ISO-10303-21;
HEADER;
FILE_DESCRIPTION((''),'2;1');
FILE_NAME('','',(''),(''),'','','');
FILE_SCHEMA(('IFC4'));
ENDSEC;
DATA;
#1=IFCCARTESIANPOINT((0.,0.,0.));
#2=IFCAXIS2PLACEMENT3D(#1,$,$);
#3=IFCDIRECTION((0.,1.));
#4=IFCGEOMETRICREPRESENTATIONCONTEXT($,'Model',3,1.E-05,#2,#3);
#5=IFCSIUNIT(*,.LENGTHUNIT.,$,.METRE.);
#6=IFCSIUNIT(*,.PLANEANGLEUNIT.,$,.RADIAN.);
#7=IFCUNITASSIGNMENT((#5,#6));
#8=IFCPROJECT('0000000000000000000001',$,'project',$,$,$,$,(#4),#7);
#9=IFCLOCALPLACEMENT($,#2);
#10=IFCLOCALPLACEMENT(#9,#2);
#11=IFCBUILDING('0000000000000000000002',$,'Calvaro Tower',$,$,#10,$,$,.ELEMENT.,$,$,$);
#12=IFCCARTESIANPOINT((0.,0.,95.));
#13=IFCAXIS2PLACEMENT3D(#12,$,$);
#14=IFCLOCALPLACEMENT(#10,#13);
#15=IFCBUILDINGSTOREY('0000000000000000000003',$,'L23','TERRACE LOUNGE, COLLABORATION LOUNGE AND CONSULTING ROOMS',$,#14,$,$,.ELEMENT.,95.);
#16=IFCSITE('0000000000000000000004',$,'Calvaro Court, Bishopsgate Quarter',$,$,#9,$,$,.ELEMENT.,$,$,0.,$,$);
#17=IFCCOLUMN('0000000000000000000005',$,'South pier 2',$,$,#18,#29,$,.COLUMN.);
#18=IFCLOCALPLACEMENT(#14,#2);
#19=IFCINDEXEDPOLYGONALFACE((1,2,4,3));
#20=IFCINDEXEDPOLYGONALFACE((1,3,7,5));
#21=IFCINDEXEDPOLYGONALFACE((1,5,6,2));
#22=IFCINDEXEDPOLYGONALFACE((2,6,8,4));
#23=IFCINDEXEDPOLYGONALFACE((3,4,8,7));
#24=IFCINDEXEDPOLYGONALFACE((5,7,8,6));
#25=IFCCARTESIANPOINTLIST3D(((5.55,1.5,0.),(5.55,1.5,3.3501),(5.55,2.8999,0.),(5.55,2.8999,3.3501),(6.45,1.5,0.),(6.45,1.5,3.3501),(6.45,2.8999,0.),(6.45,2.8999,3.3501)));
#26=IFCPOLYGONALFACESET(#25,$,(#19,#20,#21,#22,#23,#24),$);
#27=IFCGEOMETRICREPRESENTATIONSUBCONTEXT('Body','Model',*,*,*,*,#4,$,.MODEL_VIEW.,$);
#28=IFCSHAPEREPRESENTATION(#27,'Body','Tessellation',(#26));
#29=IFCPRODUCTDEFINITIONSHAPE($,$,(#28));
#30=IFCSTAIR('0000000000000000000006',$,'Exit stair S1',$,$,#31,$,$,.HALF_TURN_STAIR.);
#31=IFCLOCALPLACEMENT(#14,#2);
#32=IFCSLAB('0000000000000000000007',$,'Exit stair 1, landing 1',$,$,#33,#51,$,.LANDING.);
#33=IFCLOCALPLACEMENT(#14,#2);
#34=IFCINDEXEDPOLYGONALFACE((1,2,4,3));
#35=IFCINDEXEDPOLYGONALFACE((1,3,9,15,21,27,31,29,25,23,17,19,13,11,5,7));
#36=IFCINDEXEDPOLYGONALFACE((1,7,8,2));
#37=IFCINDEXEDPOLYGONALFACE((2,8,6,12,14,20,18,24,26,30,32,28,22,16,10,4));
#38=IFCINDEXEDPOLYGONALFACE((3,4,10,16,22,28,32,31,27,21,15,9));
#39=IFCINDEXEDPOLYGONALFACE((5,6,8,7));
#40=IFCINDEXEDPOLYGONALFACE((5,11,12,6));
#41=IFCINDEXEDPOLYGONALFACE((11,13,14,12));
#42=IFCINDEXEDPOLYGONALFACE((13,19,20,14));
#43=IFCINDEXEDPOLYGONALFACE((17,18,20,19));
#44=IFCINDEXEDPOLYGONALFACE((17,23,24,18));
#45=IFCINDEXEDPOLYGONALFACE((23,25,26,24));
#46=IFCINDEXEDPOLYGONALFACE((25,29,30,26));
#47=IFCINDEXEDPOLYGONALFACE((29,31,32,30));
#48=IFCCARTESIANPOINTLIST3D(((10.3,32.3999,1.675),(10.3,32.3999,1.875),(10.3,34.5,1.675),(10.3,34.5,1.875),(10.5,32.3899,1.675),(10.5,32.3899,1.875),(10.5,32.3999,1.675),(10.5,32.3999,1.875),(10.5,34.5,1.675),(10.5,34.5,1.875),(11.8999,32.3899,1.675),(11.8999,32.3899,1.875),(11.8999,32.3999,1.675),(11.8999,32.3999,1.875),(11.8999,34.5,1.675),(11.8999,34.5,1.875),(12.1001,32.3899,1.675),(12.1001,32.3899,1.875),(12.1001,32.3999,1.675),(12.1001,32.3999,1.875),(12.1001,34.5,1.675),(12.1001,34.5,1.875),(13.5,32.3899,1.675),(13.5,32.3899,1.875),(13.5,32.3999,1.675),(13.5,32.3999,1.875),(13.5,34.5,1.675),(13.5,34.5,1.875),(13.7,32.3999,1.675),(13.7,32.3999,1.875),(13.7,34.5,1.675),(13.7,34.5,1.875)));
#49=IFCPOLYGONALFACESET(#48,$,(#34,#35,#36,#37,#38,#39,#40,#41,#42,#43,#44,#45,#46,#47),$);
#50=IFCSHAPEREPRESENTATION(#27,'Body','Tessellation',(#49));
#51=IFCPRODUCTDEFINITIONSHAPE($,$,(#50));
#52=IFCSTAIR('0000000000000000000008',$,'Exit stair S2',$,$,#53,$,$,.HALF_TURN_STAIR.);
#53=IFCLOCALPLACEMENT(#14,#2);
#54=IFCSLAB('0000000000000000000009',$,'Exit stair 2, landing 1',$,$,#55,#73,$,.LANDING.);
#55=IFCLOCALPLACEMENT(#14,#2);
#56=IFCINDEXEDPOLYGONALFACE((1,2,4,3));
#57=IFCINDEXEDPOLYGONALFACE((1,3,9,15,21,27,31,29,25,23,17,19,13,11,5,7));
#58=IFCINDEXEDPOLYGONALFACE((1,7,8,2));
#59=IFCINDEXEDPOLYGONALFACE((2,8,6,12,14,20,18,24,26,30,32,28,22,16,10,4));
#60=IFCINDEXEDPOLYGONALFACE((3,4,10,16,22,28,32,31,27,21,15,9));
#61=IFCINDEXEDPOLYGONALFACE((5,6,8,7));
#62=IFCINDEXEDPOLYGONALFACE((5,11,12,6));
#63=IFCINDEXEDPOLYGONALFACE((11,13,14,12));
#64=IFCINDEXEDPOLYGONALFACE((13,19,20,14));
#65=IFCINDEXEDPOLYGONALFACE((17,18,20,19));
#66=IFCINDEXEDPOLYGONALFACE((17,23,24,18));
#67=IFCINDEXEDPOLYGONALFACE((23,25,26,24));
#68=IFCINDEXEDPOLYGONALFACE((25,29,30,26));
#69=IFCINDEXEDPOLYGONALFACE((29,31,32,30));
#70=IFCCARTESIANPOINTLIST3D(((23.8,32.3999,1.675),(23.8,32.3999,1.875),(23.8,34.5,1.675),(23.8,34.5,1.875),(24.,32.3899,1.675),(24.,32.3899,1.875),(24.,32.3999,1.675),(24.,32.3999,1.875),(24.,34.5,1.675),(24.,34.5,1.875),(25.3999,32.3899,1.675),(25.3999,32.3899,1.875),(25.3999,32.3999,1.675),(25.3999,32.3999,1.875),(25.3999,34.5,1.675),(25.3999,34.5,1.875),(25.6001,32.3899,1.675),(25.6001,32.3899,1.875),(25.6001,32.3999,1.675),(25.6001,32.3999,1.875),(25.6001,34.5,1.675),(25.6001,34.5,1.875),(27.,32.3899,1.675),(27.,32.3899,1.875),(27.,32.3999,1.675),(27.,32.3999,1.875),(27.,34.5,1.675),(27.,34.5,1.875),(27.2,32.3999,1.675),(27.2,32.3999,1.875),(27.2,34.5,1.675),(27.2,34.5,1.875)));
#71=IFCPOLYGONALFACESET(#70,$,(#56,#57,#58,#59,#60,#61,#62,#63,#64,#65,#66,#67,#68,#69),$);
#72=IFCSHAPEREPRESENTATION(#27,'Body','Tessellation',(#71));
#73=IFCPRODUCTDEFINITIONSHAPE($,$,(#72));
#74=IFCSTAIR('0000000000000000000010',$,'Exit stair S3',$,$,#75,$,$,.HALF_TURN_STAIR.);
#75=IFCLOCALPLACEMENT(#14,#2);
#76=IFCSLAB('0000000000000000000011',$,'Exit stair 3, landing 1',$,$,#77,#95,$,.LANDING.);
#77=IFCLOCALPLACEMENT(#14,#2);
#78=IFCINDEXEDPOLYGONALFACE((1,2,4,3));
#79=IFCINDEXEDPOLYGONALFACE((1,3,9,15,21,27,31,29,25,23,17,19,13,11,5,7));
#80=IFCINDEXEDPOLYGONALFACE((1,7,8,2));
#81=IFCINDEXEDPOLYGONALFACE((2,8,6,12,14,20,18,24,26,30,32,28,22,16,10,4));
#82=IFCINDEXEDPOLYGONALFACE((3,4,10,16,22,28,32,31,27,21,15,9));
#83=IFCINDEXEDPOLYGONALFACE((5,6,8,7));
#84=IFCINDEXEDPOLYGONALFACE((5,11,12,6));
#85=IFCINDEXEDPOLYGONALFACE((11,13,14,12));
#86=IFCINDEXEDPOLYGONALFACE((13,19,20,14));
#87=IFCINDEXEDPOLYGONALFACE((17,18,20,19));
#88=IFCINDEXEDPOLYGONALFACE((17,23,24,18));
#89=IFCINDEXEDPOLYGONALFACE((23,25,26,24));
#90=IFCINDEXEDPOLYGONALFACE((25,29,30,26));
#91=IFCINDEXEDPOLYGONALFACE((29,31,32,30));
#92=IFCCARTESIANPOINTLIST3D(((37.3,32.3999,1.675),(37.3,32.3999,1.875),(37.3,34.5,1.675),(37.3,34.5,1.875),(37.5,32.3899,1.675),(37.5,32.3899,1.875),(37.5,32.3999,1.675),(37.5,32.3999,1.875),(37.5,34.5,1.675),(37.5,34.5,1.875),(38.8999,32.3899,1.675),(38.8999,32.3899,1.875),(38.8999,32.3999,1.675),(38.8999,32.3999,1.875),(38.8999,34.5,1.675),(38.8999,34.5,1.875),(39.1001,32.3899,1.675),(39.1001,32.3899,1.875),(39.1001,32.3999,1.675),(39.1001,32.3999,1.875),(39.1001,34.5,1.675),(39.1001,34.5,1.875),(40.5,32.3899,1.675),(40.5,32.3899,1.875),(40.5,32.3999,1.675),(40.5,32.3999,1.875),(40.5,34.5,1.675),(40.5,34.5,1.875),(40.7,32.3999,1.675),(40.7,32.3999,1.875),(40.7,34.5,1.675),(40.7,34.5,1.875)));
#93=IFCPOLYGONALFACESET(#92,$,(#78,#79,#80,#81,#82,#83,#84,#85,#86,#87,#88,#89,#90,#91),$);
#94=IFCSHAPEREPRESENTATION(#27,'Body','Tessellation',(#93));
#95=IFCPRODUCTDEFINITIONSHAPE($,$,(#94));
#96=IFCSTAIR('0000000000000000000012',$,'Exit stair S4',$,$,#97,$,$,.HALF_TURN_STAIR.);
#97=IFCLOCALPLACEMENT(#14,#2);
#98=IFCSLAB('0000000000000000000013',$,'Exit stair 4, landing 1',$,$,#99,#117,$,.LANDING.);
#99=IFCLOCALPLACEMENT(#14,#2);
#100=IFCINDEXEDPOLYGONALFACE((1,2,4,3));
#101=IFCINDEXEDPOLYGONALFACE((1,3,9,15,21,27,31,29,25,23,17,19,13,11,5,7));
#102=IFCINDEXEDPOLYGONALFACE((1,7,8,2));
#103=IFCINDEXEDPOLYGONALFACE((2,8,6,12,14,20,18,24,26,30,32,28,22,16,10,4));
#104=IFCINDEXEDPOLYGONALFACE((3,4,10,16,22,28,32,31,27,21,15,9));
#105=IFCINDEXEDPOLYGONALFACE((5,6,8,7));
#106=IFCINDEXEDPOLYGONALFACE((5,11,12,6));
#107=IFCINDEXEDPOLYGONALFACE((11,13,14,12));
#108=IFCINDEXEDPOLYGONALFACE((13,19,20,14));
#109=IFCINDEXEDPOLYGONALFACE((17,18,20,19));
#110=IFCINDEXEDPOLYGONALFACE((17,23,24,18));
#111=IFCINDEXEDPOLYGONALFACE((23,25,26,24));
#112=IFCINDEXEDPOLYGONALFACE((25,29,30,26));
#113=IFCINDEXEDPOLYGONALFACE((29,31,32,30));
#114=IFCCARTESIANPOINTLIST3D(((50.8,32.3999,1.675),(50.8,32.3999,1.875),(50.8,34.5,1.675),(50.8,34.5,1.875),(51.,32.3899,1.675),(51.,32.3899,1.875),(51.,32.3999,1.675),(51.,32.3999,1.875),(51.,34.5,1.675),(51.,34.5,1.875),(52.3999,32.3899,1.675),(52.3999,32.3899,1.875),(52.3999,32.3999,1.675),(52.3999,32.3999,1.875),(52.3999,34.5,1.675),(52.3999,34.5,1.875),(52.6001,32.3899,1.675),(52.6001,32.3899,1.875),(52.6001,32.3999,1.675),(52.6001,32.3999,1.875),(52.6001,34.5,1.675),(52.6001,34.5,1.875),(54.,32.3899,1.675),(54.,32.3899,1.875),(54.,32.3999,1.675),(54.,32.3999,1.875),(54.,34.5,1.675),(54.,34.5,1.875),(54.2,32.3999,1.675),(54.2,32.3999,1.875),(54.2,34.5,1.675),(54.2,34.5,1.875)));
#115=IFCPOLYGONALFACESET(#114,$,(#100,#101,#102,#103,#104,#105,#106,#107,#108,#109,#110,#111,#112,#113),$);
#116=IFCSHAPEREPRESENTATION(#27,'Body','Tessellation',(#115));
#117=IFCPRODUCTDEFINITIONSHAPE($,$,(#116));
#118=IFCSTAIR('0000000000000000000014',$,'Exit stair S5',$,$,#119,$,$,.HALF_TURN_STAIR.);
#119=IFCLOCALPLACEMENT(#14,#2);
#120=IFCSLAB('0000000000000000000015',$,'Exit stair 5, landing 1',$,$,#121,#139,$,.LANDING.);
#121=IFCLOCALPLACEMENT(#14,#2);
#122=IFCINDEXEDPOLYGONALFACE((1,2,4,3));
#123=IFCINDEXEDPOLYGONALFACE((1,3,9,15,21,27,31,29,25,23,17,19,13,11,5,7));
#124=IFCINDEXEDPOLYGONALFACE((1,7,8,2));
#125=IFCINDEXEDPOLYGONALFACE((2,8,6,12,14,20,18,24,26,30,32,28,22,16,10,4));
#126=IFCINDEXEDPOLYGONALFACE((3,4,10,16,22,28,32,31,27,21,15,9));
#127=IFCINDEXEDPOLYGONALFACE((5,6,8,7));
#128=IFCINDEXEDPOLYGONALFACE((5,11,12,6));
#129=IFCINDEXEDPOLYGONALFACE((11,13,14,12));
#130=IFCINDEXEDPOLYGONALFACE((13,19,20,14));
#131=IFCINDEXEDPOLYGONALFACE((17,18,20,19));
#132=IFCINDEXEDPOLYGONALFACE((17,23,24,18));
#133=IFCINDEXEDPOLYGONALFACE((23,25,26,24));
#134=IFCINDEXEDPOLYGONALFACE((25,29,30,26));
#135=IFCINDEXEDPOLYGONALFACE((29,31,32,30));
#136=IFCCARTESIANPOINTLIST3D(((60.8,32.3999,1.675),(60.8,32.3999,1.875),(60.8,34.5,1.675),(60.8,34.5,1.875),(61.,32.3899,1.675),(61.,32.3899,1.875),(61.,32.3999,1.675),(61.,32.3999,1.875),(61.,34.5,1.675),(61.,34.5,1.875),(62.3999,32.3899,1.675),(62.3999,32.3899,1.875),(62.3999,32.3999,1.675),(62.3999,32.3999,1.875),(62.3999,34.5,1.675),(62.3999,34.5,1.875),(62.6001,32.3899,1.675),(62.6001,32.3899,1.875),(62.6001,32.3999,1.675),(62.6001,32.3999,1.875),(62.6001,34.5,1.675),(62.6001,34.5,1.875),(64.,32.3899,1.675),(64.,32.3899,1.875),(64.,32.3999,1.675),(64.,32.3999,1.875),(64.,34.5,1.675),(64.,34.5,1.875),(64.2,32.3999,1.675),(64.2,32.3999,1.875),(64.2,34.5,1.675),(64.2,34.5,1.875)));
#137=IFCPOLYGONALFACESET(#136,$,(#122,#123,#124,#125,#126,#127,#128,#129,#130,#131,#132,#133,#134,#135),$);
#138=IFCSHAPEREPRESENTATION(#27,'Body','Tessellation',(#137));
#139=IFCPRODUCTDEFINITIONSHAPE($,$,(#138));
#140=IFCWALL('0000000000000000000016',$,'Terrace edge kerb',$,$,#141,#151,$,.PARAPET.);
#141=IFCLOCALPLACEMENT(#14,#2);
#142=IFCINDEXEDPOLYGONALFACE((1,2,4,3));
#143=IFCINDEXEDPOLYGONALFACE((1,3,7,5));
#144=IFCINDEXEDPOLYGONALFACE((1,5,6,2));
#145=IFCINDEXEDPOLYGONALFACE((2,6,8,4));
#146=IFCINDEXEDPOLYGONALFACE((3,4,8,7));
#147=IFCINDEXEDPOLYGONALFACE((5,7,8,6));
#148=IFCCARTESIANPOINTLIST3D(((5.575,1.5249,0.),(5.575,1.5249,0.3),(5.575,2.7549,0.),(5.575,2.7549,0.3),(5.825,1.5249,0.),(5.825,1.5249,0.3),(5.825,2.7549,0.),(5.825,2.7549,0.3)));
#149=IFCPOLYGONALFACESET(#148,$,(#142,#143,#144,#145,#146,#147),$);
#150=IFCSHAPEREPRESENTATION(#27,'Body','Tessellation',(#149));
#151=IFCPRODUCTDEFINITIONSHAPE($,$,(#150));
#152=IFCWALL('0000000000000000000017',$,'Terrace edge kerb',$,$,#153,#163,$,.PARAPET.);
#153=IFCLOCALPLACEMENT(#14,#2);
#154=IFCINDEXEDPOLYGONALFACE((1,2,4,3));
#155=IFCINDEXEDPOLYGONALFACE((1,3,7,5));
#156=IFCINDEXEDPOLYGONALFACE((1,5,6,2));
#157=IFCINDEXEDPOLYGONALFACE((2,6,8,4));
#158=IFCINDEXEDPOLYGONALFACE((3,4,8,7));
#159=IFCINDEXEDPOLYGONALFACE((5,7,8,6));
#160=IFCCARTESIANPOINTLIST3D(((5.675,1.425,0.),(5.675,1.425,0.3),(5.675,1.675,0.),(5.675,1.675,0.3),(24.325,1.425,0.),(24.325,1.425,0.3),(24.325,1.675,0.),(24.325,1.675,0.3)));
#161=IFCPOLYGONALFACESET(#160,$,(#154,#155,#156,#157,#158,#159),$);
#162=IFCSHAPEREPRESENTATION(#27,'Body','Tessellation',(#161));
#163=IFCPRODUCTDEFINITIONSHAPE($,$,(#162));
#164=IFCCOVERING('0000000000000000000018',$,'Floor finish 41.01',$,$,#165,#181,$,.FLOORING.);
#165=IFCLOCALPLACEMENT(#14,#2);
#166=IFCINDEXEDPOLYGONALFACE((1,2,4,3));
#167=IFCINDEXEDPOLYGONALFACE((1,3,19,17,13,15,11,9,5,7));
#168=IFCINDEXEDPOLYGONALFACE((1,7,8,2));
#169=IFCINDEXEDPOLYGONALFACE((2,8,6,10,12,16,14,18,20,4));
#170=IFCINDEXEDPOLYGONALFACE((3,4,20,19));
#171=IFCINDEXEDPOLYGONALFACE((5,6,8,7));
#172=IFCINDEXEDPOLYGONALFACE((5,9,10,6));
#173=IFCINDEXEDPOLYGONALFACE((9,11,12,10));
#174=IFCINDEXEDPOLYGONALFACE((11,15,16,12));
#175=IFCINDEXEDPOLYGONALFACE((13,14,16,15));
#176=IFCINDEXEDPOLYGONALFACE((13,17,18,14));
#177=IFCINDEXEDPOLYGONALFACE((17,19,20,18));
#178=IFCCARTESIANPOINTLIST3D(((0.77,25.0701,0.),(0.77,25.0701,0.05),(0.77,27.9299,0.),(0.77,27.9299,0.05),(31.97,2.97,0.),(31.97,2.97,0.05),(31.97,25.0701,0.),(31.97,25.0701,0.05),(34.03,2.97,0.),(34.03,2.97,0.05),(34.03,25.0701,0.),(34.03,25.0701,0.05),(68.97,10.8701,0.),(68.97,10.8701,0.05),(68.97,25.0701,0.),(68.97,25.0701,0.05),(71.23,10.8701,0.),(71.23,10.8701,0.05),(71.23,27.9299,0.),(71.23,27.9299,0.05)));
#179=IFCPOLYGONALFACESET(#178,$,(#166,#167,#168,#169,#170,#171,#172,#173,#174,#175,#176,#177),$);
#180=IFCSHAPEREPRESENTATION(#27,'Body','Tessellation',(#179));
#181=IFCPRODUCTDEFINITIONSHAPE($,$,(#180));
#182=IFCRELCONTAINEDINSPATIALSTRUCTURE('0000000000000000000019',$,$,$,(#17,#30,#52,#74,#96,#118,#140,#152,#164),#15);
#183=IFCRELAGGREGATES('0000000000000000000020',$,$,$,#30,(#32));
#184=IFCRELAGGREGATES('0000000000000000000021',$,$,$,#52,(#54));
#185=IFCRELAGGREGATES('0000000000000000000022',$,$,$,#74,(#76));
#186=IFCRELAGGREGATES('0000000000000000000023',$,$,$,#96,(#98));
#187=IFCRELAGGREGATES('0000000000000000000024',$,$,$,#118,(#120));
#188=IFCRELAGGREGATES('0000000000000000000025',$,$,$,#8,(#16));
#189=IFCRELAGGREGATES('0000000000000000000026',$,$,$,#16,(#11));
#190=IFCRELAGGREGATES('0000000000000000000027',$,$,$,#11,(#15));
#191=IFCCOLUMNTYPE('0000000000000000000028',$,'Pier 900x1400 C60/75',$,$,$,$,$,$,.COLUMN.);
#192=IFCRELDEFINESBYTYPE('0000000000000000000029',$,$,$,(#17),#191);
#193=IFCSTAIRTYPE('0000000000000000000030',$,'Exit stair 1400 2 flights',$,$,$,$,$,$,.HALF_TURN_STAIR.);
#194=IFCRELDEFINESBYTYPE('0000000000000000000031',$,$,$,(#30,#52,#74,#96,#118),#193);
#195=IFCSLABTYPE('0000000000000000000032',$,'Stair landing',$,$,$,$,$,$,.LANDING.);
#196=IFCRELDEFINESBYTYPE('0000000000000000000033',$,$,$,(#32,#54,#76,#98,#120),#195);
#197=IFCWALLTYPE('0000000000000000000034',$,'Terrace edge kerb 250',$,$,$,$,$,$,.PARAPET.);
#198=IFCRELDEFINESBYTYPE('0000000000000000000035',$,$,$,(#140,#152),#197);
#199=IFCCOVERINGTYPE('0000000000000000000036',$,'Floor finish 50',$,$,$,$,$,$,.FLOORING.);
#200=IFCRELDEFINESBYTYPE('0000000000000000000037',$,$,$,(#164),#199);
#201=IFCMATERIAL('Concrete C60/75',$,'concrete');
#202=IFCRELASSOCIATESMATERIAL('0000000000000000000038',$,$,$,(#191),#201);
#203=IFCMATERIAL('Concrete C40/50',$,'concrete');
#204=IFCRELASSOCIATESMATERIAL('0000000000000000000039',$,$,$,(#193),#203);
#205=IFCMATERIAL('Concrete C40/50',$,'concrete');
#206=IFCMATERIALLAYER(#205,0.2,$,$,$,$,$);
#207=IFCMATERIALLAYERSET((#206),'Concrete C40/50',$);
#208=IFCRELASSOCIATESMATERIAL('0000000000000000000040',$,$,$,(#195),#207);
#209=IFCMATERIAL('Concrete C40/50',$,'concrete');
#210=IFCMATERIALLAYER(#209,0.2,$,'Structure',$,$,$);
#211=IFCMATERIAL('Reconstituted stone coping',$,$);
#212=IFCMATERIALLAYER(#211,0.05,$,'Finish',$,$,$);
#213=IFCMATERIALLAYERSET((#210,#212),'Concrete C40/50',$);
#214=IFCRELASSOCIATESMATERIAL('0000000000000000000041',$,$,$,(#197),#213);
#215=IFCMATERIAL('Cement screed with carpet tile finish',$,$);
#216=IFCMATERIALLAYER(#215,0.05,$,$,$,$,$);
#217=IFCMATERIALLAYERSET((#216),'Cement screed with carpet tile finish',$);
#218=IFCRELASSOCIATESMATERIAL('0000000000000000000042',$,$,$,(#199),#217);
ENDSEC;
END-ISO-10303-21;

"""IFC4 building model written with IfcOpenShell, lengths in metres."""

from ifc_helpers import new_model, si_unit, direction, frame, frame_2d, origin, origin_2d, place, context, subcontext, project, spatial, polyline, rectangle, outline, extrude, material, layer, layer_set, material_profile, profile_set, type_object, element, aggregate, save


model = new_model("IFC4")

# Units and contexts
model_context = context("Model", 3, precision=1e-05, world=origin(), true_north=direction((0.0, 1.0)))
body_context = subcontext(model_context, "Body", "Model", "MODEL_VIEW")
ifc_project = project(units=[si_unit("LENGTHUNIT", "METRE"), si_unit("PLANEANGLEUNIT", "RADIAN")], contexts=[model_context])

# Site, building, storey
site_placement = place(None, origin())
site = spatial("IfcSite", under=ifc_project, at=site_placement, Name="Calvaro Court, Bishopsgate Quarter", CompositionType="ELEMENT", RefElevation=0.0)
building_placement = place(site_placement, origin())
building = spatial("IfcBuilding", under=site, at=building_placement, Name="Calvaro Tower", CompositionType="ELEMENT")
storey_placement = place(building_placement, frame((0.0, 0.0, 95.0)))
storey = spatial("IfcBuildingStorey", under=building, at=storey_placement, Name="L23", Description="TERRACE LOUNGE, COLLABORATION LOUNGE AND CONSULTING ROOMS", CompositionType="ELEMENT", Elevation=95.0)

# Column
ifc_material_1 = material(Name="Concrete C60/75", Category="concrete")
ifc_material_profile = material_profile(ifc_material_1, rectangle(XDim=0.8999, YDim=1.3999, at=origin_2d()), Name="RC 900x1400")
ifc_profile_set = profile_set([ifc_material_profile], Name="Concrete C60/75")
column_type = type_object("IfcColumnType", Name="Pier 900x1400 C60/75", PredefinedType="COLUMN", material=ifc_profile_set)
column_placement = place(storey_placement, frame((6.0, 2.2, 0.0), z_axis=(0.0, 0.0, 1.0), x_axis=(1.0, 0.0, 0.0)))
element("IfcColumn", 1, at=column_placement, inside=storey, type_object=column_type, Name="South pier 2", PredefinedType="COLUMN", context=body_context, shape_type="SweptSolid", body=[
    extrude(rectangle(XDim=0.8999, YDim=1.3999, at=origin_2d()), origin(), (0.0, 0.0, 1.0), 3.3501),
])

# Stairs, slabs
ifc_material_2 = material(Name="Concrete C40/50", Category="concrete")
stair_type = type_object("IfcStairType", Name="Exit stair 1400 2 flights", PredefinedType="HALF_TURN_STAIR", material=ifc_material_2)
stair_1_placement = place(storey_placement, origin())
stair_1 = element("IfcStair", 2, at=stair_1_placement, inside=storey, type_object=stair_type, Name="Exit stair S1", PredefinedType="HALF_TURN_STAIR")
ifc_material_3 = material(Name="Concrete C40/50", Category="concrete")
ifc_layer_1 = layer(ifc_material_3, 0.2)
ifc_layer_set_1 = layer_set([ifc_layer_1], Name="Concrete C40/50")
slab_type = type_object("IfcSlabType", Name="Stair landing", PredefinedType="LANDING", material=ifc_layer_set_1)
slab_1_placement = place(storey_placement, frame((0.0, 0.0, 1.675)))
slab_1 = element("IfcSlab", 3, at=slab_1_placement, type_object=slab_type, Name="Exit stair 1, landing 1", PredefinedType="LANDING", context=body_context, shape_type="SweptSolid", body=[
    extrude(outline(polyline([(11.8999, 32.3899), (10.5, 32.3899), (10.5, 32.3999), (10.3, 32.3999), (10.3, 34.5), (10.5, 34.5), (11.8999, 34.5), (12.1001, 34.5), (13.5, 34.5), (13.7, 34.5), (13.7, 32.3999), (13.5, 32.3999), (13.5, 32.3899), (12.1001, 32.3899), (12.1001, 32.3999), (11.8999, 32.3999), (11.8999, 32.3899)])), origin(), (0.0, 0.0, 1.0), 0.2),
])
aggregate(stair_1, [slab_1])
stair_2_placement = place(storey_placement, origin())
stair_2 = element("IfcStair", 4, at=stair_2_placement, inside=storey, type_object=stair_type, Name="Exit stair S2", PredefinedType="HALF_TURN_STAIR")
slab_2_placement = place(storey_placement, frame((0.0, 0.0, 1.675)))
slab_2 = element("IfcSlab", 5, at=slab_2_placement, type_object=slab_type, Name="Exit stair 2, landing 1", PredefinedType="LANDING", context=body_context, shape_type="SweptSolid", body=[
    extrude(outline(polyline([(25.3999, 32.3899), (24.0, 32.3899), (24.0, 32.3999), (23.8, 32.3999), (23.8, 34.5), (24.0, 34.5), (25.3999, 34.5), (25.6001, 34.5), (27.0, 34.5), (27.2, 34.5), (27.2, 32.3999), (27.0, 32.3999), (27.0, 32.3899), (25.6001, 32.3899), (25.6001, 32.3999), (25.3999, 32.3999), (25.3999, 32.3899)])), origin(), (0.0, 0.0, 1.0), 0.2),
])
aggregate(stair_2, [slab_2])
stair_3_placement = place(storey_placement, origin())
stair_3 = element("IfcStair", 6, at=stair_3_placement, inside=storey, type_object=stair_type, Name="Exit stair S3", PredefinedType="HALF_TURN_STAIR")
slab_3_placement = place(storey_placement, frame((0.0, 0.0, 1.675)))
slab_3 = element("IfcSlab", 7, at=slab_3_placement, type_object=slab_type, Name="Exit stair 3, landing 1", PredefinedType="LANDING", context=body_context, shape_type="SweptSolid", body=[
    extrude(outline(polyline([(38.8999, 32.3899), (37.5, 32.3899), (37.5, 32.3999), (37.3, 32.3999), (37.3, 34.5), (37.5, 34.5), (38.8999, 34.5), (39.1001, 34.5), (40.5, 34.5), (40.7, 34.5), (40.7, 32.3999), (40.5, 32.3999), (40.5, 32.3899), (39.1001, 32.3899), (39.1001, 32.3999), (38.8999, 32.3999), (38.8999, 32.3899)])), origin(), (0.0, 0.0, 1.0), 0.2),
])
aggregate(stair_3, [slab_3])
stair_4_placement = place(storey_placement, origin())
stair_4 = element("IfcStair", 8, at=stair_4_placement, inside=storey, type_object=stair_type, Name="Exit stair S4", PredefinedType="HALF_TURN_STAIR")
slab_4_placement = place(storey_placement, frame((0.0, 0.0, 1.675)))
slab_4 = element("IfcSlab", 9, at=slab_4_placement, type_object=slab_type, Name="Exit stair 4, landing 1", PredefinedType="LANDING", context=body_context, shape_type="SweptSolid", body=[
    extrude(outline(polyline([(52.3999, 32.3899), (51.0, 32.3899), (51.0, 32.3999), (50.8, 32.3999), (50.8, 34.5), (51.0, 34.5), (52.3999, 34.5), (52.6001, 34.5), (54.0, 34.5), (54.2, 34.5), (54.2, 32.3999), (54.0, 32.3999), (54.0, 32.3899), (52.6001, 32.3899), (52.6001, 32.3999), (52.3999, 32.3999), (52.3999, 32.3899)])), origin(), (0.0, 0.0, 1.0), 0.2),
])
aggregate(stair_4, [slab_4])
stair_5_placement = place(storey_placement, origin())
stair_5 = element("IfcStair", 10, at=stair_5_placement, inside=storey, type_object=stair_type, Name="Exit stair S5", PredefinedType="HALF_TURN_STAIR")
slab_5_placement = place(storey_placement, frame((0.0, 0.0, 1.675)))
slab_5 = element("IfcSlab", 11, at=slab_5_placement, type_object=slab_type, Name="Exit stair 5, landing 1", PredefinedType="LANDING", context=body_context, shape_type="SweptSolid", body=[
    extrude(outline(polyline([(62.3999, 32.3899), (61.0, 32.3899), (61.0, 32.3999), (60.8, 32.3999), (60.8, 34.5), (61.0, 34.5), (62.3999, 34.5), (62.6001, 34.5), (64.0, 34.5), (64.2, 34.5), (64.2, 32.3999), (64.0, 32.3999), (64.0, 32.3899), (62.6001, 32.3899), (62.6001, 32.3999), (62.3999, 32.3999), (62.3999, 32.3899)])), origin(), (0.0, 0.0, 1.0), 0.2),
])
aggregate(stair_5, [slab_5])

# Walls
ifc_material_4 = material(Name="Concrete C40/50", Category="concrete")
ifc_layer_2 = layer(ifc_material_4, 0.2, Name="Structure")
ifc_material_5 = material(Name="Reconstituted stone coping")
ifc_layer_3 = layer(ifc_material_5, 0.05, Name="Finish")
ifc_layer_set_2 = layer_set([ifc_layer_2, ifc_layer_3], Name="Concrete C40/50")
wall_type = type_object("IfcWallType", Name="Terrace edge kerb 250", PredefinedType="PARAPET", material=ifc_layer_set_2)
wall_1_placement = place(storey_placement, frame((5.7, 1.5249, 0.0), z_axis=(0.0, 0.0, 1.0), x_axis=(0.0, 1.0, 0.0)))
element("IfcWall", 12, at=wall_1_placement, inside=storey, type_object=wall_type, Name="Terrace edge kerb", PredefinedType="PARAPET", context=body_context, shape_type="SweptSolid", body=[
    extrude(rectangle(XDim=1.23, YDim=0.25, at=frame_2d((0.615, 0.0))), origin(), (0.0, 0.0, 1.0), 0.3),
])
wall_2_placement = place(storey_placement, frame((5.675, 1.55, 0.0), z_axis=(0.0, 0.0, 1.0), x_axis=(1.0, 0.0, 0.0)))
element("IfcWall", 13, at=wall_2_placement, inside=storey, type_object=wall_type, Name="Terrace edge kerb", PredefinedType="PARAPET", context=body_context, shape_type="SweptSolid", body=[
    extrude(rectangle(XDim=18.6499, YDim=0.25, at=frame_2d((9.325, 0.0))), origin(), (0.0, 0.0, 1.0), 0.3),
])

# Covering
ifc_material_6 = material(Name="Cement screed with carpet tile finish")
ifc_layer_4 = layer(ifc_material_6, 0.05)
ifc_layer_set_3 = layer_set([ifc_layer_4], Name="Cement screed with carpet tile finish")
covering_type_1 = type_object("IfcCoveringType", Name="Floor finish 50", PredefinedType="FLOORING", material=ifc_layer_set_3)
covering_1_placement = place(storey_placement, origin())
element("IfcCovering", 14, at=covering_1_placement, inside=storey, type_object=covering_type_1, Name="Floor finish 41.01", PredefinedType="FLOORING", context=body_context, shape_type="SweptSolid", body=[
    extrude(outline(polyline([(31.97, 2.97), (31.97, 25.0701), (0.77, 25.0701), (0.77, 27.9299), (71.23, 27.9299), (71.23, 10.8701), (68.97, 10.8701), (68.97, 25.0701), (34.03, 25.0701), (34.03, 2.97), (31.97, 2.97)])), origin(), (0.0, 0.0, 1.0), 0.05),
])

save(model, "model.ifc")
